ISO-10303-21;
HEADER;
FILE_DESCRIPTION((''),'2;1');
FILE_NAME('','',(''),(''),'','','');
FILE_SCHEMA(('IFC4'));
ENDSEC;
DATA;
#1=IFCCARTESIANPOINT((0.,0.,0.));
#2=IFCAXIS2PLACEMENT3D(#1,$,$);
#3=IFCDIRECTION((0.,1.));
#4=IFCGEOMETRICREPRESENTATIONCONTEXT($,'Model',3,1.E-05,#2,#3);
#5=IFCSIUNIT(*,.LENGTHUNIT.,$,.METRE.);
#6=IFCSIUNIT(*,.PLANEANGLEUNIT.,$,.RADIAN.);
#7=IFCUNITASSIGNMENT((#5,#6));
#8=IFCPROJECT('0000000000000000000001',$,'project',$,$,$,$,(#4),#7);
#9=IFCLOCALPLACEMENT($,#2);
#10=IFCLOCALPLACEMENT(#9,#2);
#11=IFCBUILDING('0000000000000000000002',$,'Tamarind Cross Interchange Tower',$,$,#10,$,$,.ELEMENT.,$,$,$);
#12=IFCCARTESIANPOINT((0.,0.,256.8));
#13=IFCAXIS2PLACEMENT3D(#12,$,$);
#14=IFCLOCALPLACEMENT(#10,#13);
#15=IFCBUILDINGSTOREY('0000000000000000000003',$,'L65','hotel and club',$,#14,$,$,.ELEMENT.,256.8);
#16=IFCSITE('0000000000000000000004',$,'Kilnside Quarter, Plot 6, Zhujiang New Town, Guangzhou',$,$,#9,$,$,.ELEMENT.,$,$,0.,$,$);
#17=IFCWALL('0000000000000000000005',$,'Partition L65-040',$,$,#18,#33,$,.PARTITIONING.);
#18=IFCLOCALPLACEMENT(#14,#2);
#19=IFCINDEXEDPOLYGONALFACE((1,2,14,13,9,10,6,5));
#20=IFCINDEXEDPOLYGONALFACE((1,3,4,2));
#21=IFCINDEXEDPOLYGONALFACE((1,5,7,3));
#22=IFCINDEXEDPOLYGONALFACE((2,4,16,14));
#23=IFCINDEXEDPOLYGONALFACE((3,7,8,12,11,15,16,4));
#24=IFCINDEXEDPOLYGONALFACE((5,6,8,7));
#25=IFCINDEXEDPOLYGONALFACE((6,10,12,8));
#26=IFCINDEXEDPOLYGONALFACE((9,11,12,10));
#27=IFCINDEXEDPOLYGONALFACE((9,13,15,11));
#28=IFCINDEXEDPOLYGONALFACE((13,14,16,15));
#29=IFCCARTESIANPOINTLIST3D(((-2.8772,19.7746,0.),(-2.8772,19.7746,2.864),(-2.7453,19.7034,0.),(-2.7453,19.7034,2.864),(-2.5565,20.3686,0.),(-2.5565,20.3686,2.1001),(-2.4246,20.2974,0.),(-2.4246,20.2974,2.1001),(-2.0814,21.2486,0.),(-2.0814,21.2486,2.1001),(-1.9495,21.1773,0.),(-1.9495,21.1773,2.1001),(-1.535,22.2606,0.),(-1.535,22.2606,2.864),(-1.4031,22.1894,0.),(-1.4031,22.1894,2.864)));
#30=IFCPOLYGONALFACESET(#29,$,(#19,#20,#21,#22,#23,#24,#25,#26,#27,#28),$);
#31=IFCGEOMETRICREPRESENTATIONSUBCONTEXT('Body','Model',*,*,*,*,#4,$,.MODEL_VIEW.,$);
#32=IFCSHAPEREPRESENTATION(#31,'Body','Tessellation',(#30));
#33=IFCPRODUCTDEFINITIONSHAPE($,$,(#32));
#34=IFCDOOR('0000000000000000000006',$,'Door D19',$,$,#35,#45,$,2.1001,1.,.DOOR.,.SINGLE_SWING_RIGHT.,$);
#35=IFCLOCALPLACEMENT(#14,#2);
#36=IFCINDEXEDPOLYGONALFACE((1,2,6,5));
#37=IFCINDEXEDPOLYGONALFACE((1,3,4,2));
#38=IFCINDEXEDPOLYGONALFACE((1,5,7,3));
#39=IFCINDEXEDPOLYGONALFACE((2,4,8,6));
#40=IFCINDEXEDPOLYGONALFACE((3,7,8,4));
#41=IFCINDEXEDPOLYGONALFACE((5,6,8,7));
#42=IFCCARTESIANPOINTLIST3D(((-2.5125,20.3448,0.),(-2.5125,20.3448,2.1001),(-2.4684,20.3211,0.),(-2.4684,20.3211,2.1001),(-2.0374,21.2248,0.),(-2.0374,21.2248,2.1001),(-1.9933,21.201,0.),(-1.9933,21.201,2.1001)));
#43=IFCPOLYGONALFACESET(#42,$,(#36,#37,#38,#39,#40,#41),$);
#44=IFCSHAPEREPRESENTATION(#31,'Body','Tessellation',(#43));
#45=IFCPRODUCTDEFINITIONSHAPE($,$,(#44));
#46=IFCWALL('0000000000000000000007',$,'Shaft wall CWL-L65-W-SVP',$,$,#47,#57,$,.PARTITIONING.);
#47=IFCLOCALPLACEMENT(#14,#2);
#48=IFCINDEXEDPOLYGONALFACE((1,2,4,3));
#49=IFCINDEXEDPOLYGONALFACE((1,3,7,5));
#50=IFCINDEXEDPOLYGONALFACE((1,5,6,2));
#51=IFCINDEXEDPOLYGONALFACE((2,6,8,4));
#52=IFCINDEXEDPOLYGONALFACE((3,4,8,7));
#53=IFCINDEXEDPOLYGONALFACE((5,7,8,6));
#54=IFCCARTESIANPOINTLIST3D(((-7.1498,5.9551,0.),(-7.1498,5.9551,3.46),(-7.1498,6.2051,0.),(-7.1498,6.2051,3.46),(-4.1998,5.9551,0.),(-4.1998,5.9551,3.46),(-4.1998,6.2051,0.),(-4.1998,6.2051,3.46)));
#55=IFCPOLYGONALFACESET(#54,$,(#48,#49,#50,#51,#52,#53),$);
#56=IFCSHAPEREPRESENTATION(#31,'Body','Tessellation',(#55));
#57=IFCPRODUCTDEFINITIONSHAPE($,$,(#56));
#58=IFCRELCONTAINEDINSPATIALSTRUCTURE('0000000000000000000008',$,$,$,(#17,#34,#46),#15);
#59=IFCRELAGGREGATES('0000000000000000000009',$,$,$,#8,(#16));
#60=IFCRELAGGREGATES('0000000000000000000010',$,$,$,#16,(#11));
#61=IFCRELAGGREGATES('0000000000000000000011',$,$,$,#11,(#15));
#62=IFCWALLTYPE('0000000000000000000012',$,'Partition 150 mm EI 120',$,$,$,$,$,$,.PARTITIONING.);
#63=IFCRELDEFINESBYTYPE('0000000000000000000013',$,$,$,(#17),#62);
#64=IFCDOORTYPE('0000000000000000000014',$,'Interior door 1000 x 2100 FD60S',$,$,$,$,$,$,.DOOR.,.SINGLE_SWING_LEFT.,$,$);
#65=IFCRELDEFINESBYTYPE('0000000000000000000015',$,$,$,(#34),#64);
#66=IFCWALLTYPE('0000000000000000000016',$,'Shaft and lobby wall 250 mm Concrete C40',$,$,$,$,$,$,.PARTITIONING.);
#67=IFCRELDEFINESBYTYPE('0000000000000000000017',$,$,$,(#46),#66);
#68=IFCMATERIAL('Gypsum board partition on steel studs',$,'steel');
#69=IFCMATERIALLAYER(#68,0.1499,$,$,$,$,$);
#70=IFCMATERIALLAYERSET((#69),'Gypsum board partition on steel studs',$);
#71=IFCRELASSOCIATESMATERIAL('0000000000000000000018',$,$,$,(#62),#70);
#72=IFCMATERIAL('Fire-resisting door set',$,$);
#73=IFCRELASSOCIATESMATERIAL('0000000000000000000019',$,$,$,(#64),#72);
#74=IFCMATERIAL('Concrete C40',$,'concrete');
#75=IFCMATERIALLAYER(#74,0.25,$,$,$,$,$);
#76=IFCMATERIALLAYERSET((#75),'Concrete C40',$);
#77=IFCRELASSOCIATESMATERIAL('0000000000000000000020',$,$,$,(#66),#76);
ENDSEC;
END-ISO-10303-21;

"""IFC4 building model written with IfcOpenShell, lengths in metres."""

from ifc_helpers import new_model, si_unit, direction, frame, frame_2d, origin, place, context, subcontext, project, spatial, rectangle, extrude, material, layer, layer_set, type_object, element, fill, save


model = new_model("IFC4")

# Units and contexts
model_context = context("Model", 3, precision=1e-05, world=origin(), true_north=direction((0.0, 1.0)))
body_context = subcontext(model_context, "Body", "Model", "MODEL_VIEW")
ifc_project = project(units=[si_unit("LENGTHUNIT", "METRE"), si_unit("PLANEANGLEUNIT", "RADIAN")], contexts=[model_context])

# Site, building, storey
site_placement = place(None, origin())
site = spatial("IfcSite", under=ifc_project, at=site_placement, Name="Kilnside Quarter, Plot 6, Zhujiang New Town, Guangzhou", CompositionType="ELEMENT", RefElevation=0.0)
building_placement = place(site_placement, origin())
building = spatial("IfcBuilding", under=site, at=building_placement, Name="Tamarind Cross Interchange Tower", CompositionType="ELEMENT")
storey_placement = place(building_placement, frame((0.0, 0.0, 256.8)))
storey = spatial("IfcBuildingStorey", under=building, at=storey_placement, Name="L65", Description="hotel and club", CompositionType="ELEMENT", Elevation=256.8)

# Shared definitions
ifc_material_1 = material(Name="Gypsum board partition on steel studs", Category="steel")
ifc_layer_1 = layer(ifc_material_1, 0.1499)
ifc_layer_set_1 = layer_set([ifc_layer_1], Name="Gypsum board partition on steel studs")
wall_type_1 = type_object("IfcWallType", Name="Partition 150 mm EI 120", PredefinedType="PARTITIONING", material=ifc_layer_set_1)
ifc_material_2 = material(Name="Fire-resisting door set")

# Wall, opening, door
wall_1_placement = place(storey_placement, frame((-2.8113, 19.739, 0.0), z_axis=(0.0, 0.0, 1.0), x_axis=(0.475094, 0.879935, 0.0)))
wall_1 = element("IfcWall", 1, at=wall_1_placement, inside=storey, type_object=wall_type_1, Name="Partition L65-040", PredefinedType="PARTITIONING", context=body_context, shape_type="SweptSolid", body=[
    extrude(rectangle(XDim=2.8252, YDim=0.1499, at=frame_2d((1.4126, 0.0))), origin(), (0.0, 0.0, 1.0), 2.864),
])
opening_1_placement = place(wall_1_placement, frame((0.675, 0.0, 0.0)))
opening_1 = element("IfcOpeningElement", 2, at=opening_1_placement, cuts=wall_1, PredefinedType="OPENING", context=body_context, shape_type="SweptSolid", body=[
    extrude(rectangle(XDim=1.0, YDim=2.1001, at=frame_2d((0.5, 1.05))), frame((0.0, 0.085, 0.0), z_axis=(0.0, -1.0, 0.0), x_axis=(1.0, 0.0, 0.0)), (0.0, 0.0, 1.0), 0.1699),
])
door_type_1 = type_object("IfcDoorType", Name="Interior door 1000 x 2100 FD60S", OperationType="SINGLE_SWING_LEFT", PredefinedType="DOOR", material=ifc_material_2)
door_1_placement = place(opening_1_placement, origin())
door_1 = element("IfcDoor", 3, at=door_1_placement, inside=storey, type_object=door_type_1, Name="Door D19", OperationType="SINGLE_SWING_RIGHT", OverallHeight=2.1001, OverallWidth=1.0, PredefinedType="DOOR", context=body_context, shape_type="SweptSolid", body=[
    extrude(rectangle(XDim=1.0, YDim=2.1001, at=frame_2d((0.5, 1.05))), frame((0.0, 0.0249, 0.0), z_axis=(0.0, -1.0, 0.0), x_axis=(1.0, 0.0, 0.0)), (0.0, 0.0, 1.0), 0.05),
])
fill(opening_1, door_1)

# Wall
ifc_material_3 = material(Name="Concrete C40", Category="concrete")
ifc_layer_2 = layer(ifc_material_3, 0.25)
ifc_layer_set_2 = layer_set([ifc_layer_2], Name="Concrete C40")
wall_type_2 = type_object("IfcWallType", Name="Shaft and lobby wall 250 mm Concrete C40", PredefinedType="PARTITIONING", material=ifc_layer_set_2)
wall_2_placement = place(storey_placement, frame((-7.1499, 6.0801, 0.0), z_axis=(0.0, 0.0, 1.0), x_axis=(1.0, 0.0, 0.0)))
element("IfcWall", 4, at=wall_2_placement, inside=storey, type_object=wall_type_2, Name="Shaft wall CWL-L65-W-SVP", PredefinedType="PARTITIONING", context=body_context, shape_type="SweptSolid", body=[
    extrude(rectangle(XDim=2.95, YDim=0.25, at=frame_2d((1.4751, 0.0))), origin(), (0.0, 0.0, 1.0), 3.46),
])

save(model, "model.ifc")
